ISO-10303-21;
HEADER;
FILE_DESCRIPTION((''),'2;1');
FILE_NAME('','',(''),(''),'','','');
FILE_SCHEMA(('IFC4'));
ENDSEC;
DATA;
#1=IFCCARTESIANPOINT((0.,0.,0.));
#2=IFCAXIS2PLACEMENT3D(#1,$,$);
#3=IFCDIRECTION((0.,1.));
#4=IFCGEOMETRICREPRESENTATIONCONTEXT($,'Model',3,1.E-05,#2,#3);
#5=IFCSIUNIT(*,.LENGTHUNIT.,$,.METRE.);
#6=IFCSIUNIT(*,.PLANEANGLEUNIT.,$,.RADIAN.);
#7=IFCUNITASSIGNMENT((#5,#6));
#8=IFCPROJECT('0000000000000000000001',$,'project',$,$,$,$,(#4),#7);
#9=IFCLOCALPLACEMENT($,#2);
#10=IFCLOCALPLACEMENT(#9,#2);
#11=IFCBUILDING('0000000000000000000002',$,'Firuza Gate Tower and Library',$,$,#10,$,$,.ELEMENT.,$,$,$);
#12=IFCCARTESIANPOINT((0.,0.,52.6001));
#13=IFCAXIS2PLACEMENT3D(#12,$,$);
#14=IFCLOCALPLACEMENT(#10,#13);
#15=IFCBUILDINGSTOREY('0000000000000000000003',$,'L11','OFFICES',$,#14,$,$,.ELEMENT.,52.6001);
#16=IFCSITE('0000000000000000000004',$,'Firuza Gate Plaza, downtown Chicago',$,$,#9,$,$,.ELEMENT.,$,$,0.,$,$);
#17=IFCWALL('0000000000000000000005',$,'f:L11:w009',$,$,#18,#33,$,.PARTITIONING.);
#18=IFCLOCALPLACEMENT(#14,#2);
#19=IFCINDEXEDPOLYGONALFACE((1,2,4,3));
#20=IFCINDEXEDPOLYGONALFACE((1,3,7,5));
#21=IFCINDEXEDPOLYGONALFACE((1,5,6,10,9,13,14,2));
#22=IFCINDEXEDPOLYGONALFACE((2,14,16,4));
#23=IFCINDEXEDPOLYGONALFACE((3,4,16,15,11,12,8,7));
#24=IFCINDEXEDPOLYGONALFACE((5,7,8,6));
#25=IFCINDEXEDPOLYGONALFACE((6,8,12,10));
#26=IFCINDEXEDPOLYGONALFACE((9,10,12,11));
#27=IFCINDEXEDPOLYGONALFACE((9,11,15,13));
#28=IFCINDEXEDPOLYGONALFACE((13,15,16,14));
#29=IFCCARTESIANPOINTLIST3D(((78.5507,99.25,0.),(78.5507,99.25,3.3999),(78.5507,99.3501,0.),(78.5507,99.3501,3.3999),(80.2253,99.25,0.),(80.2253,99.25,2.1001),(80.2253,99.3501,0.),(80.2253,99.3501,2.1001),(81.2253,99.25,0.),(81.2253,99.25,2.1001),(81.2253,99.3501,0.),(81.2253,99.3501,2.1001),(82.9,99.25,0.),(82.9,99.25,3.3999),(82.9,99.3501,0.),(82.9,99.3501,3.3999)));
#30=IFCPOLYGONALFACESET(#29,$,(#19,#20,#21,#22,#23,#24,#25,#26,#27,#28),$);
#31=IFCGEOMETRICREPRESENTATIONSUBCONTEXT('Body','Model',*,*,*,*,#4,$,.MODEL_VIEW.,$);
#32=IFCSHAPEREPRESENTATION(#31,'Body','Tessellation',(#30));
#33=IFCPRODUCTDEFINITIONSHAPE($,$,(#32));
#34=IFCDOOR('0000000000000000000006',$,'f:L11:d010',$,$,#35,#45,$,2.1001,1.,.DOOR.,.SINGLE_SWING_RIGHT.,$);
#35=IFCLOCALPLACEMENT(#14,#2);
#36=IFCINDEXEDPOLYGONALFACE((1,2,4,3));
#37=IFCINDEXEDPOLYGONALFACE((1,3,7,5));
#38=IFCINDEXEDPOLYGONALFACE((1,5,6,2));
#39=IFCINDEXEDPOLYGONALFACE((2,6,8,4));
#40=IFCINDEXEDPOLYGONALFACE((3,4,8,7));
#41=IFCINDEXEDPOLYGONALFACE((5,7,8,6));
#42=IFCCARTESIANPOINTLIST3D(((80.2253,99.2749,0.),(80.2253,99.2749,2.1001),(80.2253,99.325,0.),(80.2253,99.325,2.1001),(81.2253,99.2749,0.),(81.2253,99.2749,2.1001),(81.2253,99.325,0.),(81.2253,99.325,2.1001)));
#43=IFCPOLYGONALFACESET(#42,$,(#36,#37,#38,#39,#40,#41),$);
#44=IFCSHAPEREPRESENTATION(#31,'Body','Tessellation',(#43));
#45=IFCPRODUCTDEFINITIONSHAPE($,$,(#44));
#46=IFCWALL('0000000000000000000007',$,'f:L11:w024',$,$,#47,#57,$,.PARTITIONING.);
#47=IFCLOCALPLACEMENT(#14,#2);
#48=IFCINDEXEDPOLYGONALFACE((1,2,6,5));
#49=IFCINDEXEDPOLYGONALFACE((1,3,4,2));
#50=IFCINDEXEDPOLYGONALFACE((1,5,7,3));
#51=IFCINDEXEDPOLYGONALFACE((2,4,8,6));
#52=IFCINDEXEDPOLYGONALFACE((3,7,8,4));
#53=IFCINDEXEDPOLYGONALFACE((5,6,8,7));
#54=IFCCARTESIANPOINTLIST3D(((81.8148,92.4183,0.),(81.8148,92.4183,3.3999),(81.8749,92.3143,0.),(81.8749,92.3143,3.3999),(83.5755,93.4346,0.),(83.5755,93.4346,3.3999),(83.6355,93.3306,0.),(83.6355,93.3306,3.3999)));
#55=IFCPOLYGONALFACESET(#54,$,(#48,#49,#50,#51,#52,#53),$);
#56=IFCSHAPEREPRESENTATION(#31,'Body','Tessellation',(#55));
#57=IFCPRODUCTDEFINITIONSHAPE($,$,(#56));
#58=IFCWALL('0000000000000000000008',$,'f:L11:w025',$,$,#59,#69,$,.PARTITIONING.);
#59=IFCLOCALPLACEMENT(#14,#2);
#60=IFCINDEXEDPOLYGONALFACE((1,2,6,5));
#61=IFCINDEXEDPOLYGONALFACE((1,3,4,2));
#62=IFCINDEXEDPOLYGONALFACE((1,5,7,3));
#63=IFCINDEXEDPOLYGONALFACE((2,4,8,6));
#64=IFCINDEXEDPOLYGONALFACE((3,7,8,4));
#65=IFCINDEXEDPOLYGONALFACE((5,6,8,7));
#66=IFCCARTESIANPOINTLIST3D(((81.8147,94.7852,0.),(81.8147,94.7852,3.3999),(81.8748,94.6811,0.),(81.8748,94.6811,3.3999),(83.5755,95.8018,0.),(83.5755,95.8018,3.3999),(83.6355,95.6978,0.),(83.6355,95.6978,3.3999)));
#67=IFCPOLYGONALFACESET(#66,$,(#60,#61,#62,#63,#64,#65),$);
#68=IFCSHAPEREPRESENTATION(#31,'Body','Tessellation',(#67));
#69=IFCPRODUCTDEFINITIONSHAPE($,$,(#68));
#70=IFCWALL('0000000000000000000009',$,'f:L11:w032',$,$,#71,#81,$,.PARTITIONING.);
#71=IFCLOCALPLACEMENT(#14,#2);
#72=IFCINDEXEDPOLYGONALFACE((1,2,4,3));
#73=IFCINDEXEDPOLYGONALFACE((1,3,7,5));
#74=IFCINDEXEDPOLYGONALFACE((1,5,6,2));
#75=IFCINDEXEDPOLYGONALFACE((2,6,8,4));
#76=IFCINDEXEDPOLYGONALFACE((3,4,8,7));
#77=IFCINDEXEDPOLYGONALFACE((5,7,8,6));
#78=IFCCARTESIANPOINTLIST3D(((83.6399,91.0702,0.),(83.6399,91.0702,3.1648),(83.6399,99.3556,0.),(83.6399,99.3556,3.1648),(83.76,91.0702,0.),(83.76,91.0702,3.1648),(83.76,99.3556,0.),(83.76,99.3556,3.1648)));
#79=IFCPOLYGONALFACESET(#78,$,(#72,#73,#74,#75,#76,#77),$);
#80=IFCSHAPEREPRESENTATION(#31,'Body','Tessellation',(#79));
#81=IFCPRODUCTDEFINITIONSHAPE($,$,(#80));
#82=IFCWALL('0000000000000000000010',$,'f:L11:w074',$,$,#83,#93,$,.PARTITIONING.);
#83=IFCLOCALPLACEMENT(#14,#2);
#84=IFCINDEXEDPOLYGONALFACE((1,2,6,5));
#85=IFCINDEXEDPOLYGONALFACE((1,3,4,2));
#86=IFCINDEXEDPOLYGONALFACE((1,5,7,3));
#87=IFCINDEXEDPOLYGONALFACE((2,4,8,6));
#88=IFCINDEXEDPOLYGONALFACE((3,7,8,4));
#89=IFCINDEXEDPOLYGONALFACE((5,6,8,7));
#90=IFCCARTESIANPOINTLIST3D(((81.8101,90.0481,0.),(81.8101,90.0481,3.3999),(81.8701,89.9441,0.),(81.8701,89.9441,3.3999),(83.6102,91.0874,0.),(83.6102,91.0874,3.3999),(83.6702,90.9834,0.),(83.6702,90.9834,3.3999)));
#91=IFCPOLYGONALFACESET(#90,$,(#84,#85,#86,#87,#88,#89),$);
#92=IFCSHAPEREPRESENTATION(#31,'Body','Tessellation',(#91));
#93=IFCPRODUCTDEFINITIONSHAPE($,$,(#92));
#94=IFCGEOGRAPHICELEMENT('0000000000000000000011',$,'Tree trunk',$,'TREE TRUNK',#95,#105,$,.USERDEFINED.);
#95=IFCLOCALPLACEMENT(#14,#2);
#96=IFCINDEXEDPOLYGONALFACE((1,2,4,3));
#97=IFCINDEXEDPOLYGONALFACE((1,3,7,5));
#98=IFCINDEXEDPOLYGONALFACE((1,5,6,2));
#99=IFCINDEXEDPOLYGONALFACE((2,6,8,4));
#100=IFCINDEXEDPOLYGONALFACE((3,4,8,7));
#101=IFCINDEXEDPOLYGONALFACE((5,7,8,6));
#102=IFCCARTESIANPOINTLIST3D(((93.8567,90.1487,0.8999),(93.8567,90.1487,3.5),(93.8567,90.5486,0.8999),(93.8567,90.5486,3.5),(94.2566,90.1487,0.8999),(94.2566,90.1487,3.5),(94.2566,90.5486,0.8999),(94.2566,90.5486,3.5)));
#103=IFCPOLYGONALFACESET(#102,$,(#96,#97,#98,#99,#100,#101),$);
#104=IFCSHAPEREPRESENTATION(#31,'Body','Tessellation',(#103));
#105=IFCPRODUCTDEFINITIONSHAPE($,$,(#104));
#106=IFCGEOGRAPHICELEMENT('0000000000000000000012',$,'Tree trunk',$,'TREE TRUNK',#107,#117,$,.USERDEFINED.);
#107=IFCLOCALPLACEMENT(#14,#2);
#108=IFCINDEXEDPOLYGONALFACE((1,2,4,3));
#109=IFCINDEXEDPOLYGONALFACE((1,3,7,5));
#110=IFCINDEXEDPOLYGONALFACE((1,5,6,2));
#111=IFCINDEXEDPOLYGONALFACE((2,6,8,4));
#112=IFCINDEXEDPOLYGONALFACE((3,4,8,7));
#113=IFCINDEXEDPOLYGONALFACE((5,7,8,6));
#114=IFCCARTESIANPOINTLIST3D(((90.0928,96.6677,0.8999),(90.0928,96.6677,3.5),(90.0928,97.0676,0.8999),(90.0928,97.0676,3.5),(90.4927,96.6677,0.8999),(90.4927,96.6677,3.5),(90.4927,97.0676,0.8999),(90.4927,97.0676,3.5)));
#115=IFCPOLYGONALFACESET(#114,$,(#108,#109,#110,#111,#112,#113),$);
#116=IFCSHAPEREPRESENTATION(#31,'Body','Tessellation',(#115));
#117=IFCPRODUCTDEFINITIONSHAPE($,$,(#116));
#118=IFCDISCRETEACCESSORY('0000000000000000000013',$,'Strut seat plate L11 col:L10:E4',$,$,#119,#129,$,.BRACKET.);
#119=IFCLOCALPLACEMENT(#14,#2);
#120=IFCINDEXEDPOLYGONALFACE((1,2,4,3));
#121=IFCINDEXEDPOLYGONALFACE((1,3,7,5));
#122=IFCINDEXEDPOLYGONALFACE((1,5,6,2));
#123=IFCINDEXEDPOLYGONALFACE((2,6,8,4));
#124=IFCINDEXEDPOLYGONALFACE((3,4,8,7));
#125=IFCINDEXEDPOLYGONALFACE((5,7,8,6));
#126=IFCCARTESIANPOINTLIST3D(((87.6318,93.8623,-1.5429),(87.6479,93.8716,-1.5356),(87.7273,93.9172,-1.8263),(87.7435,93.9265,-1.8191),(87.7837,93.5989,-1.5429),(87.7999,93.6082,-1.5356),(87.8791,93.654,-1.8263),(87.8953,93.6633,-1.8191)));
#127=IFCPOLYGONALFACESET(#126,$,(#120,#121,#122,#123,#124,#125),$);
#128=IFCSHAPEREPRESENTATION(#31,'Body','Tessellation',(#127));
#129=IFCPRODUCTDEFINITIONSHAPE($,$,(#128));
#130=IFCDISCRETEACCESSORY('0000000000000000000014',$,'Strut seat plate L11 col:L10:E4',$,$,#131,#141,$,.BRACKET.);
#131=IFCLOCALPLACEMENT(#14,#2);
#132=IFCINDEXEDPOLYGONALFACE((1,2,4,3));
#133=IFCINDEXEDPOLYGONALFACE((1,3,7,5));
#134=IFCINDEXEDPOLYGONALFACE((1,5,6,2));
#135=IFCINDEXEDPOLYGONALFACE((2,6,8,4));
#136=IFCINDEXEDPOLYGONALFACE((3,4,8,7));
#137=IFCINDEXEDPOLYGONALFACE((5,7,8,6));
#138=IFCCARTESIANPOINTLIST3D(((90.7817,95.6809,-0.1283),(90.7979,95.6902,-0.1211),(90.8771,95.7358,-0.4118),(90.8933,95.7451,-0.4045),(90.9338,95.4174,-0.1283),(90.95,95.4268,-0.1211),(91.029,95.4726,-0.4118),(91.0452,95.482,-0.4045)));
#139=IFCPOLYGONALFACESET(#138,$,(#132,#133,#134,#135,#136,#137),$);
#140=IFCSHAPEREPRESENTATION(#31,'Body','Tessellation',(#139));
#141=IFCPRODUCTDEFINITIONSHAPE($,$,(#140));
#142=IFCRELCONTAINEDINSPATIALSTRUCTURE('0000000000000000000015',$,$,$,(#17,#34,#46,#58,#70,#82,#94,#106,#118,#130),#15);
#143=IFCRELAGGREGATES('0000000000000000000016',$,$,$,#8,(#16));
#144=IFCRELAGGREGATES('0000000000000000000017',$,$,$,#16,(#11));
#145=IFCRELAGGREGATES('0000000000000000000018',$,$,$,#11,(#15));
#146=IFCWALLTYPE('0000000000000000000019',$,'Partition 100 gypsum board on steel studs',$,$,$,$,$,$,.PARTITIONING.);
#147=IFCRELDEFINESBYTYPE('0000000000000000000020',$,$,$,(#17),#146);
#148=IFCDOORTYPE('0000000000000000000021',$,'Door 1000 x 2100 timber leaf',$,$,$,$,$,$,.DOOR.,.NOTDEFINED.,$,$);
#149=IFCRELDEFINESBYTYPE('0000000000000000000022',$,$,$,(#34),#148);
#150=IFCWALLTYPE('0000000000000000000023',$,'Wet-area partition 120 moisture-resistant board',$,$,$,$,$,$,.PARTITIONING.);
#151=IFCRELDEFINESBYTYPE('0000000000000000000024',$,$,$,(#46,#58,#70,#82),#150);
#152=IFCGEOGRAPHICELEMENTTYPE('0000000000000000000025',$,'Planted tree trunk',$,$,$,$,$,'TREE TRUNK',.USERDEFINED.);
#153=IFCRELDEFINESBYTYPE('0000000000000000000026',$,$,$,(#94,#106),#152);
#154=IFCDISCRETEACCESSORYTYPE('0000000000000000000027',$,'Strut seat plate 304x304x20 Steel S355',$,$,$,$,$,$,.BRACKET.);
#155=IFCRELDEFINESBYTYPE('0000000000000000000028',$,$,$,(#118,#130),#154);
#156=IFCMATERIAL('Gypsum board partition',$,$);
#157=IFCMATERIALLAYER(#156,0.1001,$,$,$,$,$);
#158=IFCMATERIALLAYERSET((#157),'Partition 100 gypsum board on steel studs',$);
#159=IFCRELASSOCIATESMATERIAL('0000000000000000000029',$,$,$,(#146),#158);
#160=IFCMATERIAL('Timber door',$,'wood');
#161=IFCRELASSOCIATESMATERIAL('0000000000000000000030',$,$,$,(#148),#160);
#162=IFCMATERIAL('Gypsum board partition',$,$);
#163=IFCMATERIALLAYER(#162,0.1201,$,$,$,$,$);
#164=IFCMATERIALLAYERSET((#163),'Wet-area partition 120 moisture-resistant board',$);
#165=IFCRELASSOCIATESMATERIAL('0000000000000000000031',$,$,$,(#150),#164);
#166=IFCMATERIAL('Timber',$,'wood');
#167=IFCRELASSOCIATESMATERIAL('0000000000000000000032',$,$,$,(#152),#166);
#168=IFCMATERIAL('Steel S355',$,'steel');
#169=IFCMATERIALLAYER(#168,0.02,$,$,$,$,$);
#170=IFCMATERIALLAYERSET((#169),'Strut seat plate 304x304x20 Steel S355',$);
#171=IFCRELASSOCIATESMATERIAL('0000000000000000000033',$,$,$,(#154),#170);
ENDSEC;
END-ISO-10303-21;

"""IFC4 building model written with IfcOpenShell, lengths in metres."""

from ifc_helpers import new_model, si_unit, direction, frame, frame_2d, origin, origin_2d, place, context, subcontext, project, spatial, polyline, rectangle, outline, extrude, material, layer, layer_set, type_object, element, fill, save


model = new_model("IFC4")

# Units and contexts
model_context = context("Model", 3, precision=1e-05, world=origin(), true_north=direction((0.0, 1.0)))
body_context = subcontext(model_context, "Body", "Model", "MODEL_VIEW")
ifc_project = project(units=[si_unit("LENGTHUNIT", "METRE"), si_unit("PLANEANGLEUNIT", "RADIAN")], contexts=[model_context])

# Site, building, storey
site_placement = place(None, origin())
site = spatial("IfcSite", under=ifc_project, at=site_placement, Name="Firuza Gate Plaza, downtown Chicago", CompositionType="ELEMENT", RefElevation=0.0)
building_placement = place(site_placement, origin())
building = spatial("IfcBuilding", under=site, at=building_placement, Name="Firuza Gate Tower and Library", CompositionType="ELEMENT")
storey_placement = place(building_placement, frame((0.0, 0.0, 52.6001)))
storey = spatial("IfcBuildingStorey", under=building, at=storey_placement, Name="L11", Description="OFFICES", CompositionType="ELEMENT", Elevation=52.6001)

# Wall, opening, door
ifc_material_1 = material(Name="Gypsum board partition")
ifc_layer_1 = layer(ifc_material_1, 0.1001)
ifc_layer_set_1 = layer_set([ifc_layer_1], Name="Partition 100 gypsum board on steel studs")
wall_type_1 = type_object("IfcWallType", Name="Partition 100 gypsum board on steel studs", PredefinedType="PARTITIONING", material=ifc_layer_set_1)
wall_1_placement = place(storey_placement, frame((78.5505, 99.3, 0.0), z_axis=(0.0, 0.0, 1.0), x_axis=(1.0, 0.0, 0.0)))
wall_1 = element("IfcWall", 1, at=wall_1_placement, inside=storey, type_object=wall_type_1, Name="f:L11:w009", PredefinedType="PARTITIONING", context=body_context, shape_type="SweptSolid", body=[
    extrude(rectangle(XDim=4.3494, YDim=0.1001, at=frame_2d((2.1748, 0.0))), origin(), (0.0, 0.0, 1.0), 3.3999),
])
opening_1_placement = place(wall_1_placement, frame((1.6748, 0.0, 0.0)))
opening_1 = element("IfcOpeningElement", 2, at=opening_1_placement, cuts=wall_1, PredefinedType="OPENING", context=body_context, shape_type="SweptSolid", body=[
    extrude(rectangle(XDim=1.0, YDim=2.1001, at=frame_2d((0.5, 1.05))), frame((0.0, 0.0601, 0.0), z_axis=(0.0, -1.0, 0.0), x_axis=(1.0, 0.0, 0.0)), (0.0, 0.0, 1.0), 0.1201),
])
ifc_material_2 = material(Name="Timber door", Category="wood")
door_type_1 = type_object("IfcDoorType", Name="Door 1000 x 2100 timber leaf", OperationType="NOTDEFINED", PredefinedType="DOOR", material=ifc_material_2)
door_1_placement = place(opening_1_placement, origin())
door_1 = element("IfcDoor", 3, at=door_1_placement, inside=storey, type_object=door_type_1, Name="f:L11:d010", OperationType="SINGLE_SWING_RIGHT", OverallHeight=2.1001, OverallWidth=1.0, PredefinedType="DOOR", context=body_context, shape_type="SweptSolid", body=[
    extrude(rectangle(XDim=1.0, YDim=2.1001, at=frame_2d((0.5, 1.05))), frame((0.0, 0.0249, 0.0), z_axis=(0.0, -1.0, 0.0), x_axis=(1.0, 0.0, 0.0)), (0.0, 0.0, 1.0), 0.05),
])
fill(opening_1, door_1)

# Walls
ifc_material_3 = material(Name="Gypsum board partition")
ifc_layer_2 = layer(ifc_material_3, 0.1201)
ifc_layer_set_2 = layer_set([ifc_layer_2], Name="Wet-area partition 120 moisture-resistant board")
wall_type_2 = type_object("IfcWallType", Name="Wet-area partition 120 moisture-resistant board", PredefinedType="PARTITIONING", material=ifc_layer_set_2)
wall_2_placement = place(storey_placement, frame((81.8447, 92.3662, 0.0), z_axis=(0.0, 0.0, 1.0), x_axis=(0.86607, 0.499923, 0.0)))
element("IfcWall", 4, at=wall_2_placement, inside=storey, type_object=wall_type_2, Name="f:L11:w024", PredefinedType="PARTITIONING", context=body_context, shape_type="SweptSolid", body=[
    extrude(rectangle(XDim=2.033, YDim=0.1201, at=frame_2d((1.0166, 0.0))), origin(), (0.0, 0.0, 1.0), 3.3999),
])
wall_3_placement = place(storey_placement, frame((81.8447, 94.7332, 0.0), z_axis=(0.0, 0.0, 1.0), x_axis=(0.866018, 0.500013, 0.0)))
element("IfcWall", 5, at=wall_3_placement, inside=storey, type_object=wall_type_2, Name="f:L11:w025", PredefinedType="PARTITIONING", context=body_context, shape_type="SweptSolid", body=[
    extrude(rectangle(XDim=2.0332, YDim=0.1201, at=frame_2d((1.0166, 0.0))), origin(), (0.0, 0.0, 1.0), 3.3999),
])
wall_4_placement = place(storey_placement, frame((83.7, 91.0703, 0.0), z_axis=(0.0, 0.0, 1.0), x_axis=(0.0, 1.0, 0.0)))
element("IfcWall", 6, at=wall_4_placement, inside=storey, type_object=wall_type_2, Name="f:L11:w032", PredefinedType="PARTITIONING", context=body_context, shape_type="SweptSolid", body=[
    extrude(rectangle(XDim=8.2854, YDim=0.1201, at=frame_2d((4.1426, 0.0))), origin(), (0.0, 0.0, 1.0), 3.1648),
])
wall_5_placement = place(storey_placement, frame((81.8401, 89.9961, 0.0), z_axis=(0.0, 0.0, 1.0), x_axis=(0.866015, 0.500017, 0.0)))
element("IfcWall", 7, at=wall_5_placement, inside=storey, type_object=wall_type_2, Name="f:L11:w074", PredefinedType="PARTITIONING", context=body_context, shape_type="SweptSolid", body=[
    extrude(rectangle(XDim=2.0786, YDim=0.1201, at=frame_2d((1.0393, 0.0))), origin(), (0.0, 0.0, 1.0), 3.3999),
])

# Geographic elements
ifc_material_4 = material(Name="Timber", Category="wood")
geographic_element_type = type_object("IfcGeographicElementType", Name="Planted tree trunk", ElementType="TREE TRUNK", PredefinedType="USERDEFINED", material=ifc_material_4)
for number, where, z_axis, x_axis, name in (
    (8, (94.0566, 90.3486, 0.8999), (0.0, 0.0, 1.0), (1.0, 0.0, 0.0), "Tree trunk"),
    (9, (90.2927, 96.8677, 0.8999), (0.0, 0.0, 1.0), (1.0, 0.0, 0.0), "Tree trunk"),
):
    element("IfcGeographicElement", number, at=place(storey_placement, frame(where, z_axis=z_axis, x_axis=x_axis)), inside=storey, type_object=geographic_element_type, Name=name, ObjectType="TREE TRUNK", PredefinedType="USERDEFINED", context=body_context, shape_type="SweptSolid", body=[
        extrude(rectangle(XDim=0.3999, YDim=0.3999, at=origin_2d()), origin(), (0.0, 0.0, 1.0), 2.6001),
    ])

# Discrete accessories
ifc_material_5 = material(Name="Steel S355", Category="steel")
ifc_layer_3 = layer(ifc_material_5, 0.02)
ifc_layer_set_3 = layer_set([ifc_layer_3], Name="Strut seat plate 304x304x20 Steel S355")
discrete_accessory_type = type_object("IfcDiscreteAccessoryType", Name="Strut seat plate 304x304x20 Steel S355", PredefinedType="BRACKET", material=ifc_layer_set_3)
discrete_accessory_1_placement = place(storey_placement, frame((87.6479, 93.8716, -1.5356), z_axis=(0.807389, 0.465643, 0.362353), x_axis=(0.499572, -0.866272, 0.000068)))
element("IfcDiscreteAccessory", 10, at=discrete_accessory_1_placement, inside=storey, type_object=discrete_accessory_type, Name="Strut seat plate L11 col:L10:E4", PredefinedType="BRACKET", context=body_context, shape_type="SweptSolid", body=[
    extrude(outline(polyline([(0.0, 0.0), (0.3041, 0.0), (0.3039, 0.3041), (0.0001, 0.3041), (0.0, 0.0)])), origin(), (0.0, 0.0, -1.0), 0.02),
])
discrete_accessory_2_placement = place(storey_placement, frame((90.95, 95.4268, -0.1211), z_axis=(0.807329, 0.465982, 0.362051), x_axis=(-0.499913, 0.866076, 0.00005)))
element("IfcDiscreteAccessory", 11, at=discrete_accessory_2_placement, inside=storey, type_object=discrete_accessory_type, Name="Strut seat plate L11 col:L10:E4", PredefinedType="BRACKET", context=body_context, shape_type="SweptSolid", body=[
    extrude(outline(polyline([(0.0, 0.0), (0.3042, 0.0), (0.304, -0.3041), (0.0002, -0.3041), (0.0, 0.0)])), origin(), (0.0, 0.0, -1.0), 0.02),
])

save(model, "model.ifc")
